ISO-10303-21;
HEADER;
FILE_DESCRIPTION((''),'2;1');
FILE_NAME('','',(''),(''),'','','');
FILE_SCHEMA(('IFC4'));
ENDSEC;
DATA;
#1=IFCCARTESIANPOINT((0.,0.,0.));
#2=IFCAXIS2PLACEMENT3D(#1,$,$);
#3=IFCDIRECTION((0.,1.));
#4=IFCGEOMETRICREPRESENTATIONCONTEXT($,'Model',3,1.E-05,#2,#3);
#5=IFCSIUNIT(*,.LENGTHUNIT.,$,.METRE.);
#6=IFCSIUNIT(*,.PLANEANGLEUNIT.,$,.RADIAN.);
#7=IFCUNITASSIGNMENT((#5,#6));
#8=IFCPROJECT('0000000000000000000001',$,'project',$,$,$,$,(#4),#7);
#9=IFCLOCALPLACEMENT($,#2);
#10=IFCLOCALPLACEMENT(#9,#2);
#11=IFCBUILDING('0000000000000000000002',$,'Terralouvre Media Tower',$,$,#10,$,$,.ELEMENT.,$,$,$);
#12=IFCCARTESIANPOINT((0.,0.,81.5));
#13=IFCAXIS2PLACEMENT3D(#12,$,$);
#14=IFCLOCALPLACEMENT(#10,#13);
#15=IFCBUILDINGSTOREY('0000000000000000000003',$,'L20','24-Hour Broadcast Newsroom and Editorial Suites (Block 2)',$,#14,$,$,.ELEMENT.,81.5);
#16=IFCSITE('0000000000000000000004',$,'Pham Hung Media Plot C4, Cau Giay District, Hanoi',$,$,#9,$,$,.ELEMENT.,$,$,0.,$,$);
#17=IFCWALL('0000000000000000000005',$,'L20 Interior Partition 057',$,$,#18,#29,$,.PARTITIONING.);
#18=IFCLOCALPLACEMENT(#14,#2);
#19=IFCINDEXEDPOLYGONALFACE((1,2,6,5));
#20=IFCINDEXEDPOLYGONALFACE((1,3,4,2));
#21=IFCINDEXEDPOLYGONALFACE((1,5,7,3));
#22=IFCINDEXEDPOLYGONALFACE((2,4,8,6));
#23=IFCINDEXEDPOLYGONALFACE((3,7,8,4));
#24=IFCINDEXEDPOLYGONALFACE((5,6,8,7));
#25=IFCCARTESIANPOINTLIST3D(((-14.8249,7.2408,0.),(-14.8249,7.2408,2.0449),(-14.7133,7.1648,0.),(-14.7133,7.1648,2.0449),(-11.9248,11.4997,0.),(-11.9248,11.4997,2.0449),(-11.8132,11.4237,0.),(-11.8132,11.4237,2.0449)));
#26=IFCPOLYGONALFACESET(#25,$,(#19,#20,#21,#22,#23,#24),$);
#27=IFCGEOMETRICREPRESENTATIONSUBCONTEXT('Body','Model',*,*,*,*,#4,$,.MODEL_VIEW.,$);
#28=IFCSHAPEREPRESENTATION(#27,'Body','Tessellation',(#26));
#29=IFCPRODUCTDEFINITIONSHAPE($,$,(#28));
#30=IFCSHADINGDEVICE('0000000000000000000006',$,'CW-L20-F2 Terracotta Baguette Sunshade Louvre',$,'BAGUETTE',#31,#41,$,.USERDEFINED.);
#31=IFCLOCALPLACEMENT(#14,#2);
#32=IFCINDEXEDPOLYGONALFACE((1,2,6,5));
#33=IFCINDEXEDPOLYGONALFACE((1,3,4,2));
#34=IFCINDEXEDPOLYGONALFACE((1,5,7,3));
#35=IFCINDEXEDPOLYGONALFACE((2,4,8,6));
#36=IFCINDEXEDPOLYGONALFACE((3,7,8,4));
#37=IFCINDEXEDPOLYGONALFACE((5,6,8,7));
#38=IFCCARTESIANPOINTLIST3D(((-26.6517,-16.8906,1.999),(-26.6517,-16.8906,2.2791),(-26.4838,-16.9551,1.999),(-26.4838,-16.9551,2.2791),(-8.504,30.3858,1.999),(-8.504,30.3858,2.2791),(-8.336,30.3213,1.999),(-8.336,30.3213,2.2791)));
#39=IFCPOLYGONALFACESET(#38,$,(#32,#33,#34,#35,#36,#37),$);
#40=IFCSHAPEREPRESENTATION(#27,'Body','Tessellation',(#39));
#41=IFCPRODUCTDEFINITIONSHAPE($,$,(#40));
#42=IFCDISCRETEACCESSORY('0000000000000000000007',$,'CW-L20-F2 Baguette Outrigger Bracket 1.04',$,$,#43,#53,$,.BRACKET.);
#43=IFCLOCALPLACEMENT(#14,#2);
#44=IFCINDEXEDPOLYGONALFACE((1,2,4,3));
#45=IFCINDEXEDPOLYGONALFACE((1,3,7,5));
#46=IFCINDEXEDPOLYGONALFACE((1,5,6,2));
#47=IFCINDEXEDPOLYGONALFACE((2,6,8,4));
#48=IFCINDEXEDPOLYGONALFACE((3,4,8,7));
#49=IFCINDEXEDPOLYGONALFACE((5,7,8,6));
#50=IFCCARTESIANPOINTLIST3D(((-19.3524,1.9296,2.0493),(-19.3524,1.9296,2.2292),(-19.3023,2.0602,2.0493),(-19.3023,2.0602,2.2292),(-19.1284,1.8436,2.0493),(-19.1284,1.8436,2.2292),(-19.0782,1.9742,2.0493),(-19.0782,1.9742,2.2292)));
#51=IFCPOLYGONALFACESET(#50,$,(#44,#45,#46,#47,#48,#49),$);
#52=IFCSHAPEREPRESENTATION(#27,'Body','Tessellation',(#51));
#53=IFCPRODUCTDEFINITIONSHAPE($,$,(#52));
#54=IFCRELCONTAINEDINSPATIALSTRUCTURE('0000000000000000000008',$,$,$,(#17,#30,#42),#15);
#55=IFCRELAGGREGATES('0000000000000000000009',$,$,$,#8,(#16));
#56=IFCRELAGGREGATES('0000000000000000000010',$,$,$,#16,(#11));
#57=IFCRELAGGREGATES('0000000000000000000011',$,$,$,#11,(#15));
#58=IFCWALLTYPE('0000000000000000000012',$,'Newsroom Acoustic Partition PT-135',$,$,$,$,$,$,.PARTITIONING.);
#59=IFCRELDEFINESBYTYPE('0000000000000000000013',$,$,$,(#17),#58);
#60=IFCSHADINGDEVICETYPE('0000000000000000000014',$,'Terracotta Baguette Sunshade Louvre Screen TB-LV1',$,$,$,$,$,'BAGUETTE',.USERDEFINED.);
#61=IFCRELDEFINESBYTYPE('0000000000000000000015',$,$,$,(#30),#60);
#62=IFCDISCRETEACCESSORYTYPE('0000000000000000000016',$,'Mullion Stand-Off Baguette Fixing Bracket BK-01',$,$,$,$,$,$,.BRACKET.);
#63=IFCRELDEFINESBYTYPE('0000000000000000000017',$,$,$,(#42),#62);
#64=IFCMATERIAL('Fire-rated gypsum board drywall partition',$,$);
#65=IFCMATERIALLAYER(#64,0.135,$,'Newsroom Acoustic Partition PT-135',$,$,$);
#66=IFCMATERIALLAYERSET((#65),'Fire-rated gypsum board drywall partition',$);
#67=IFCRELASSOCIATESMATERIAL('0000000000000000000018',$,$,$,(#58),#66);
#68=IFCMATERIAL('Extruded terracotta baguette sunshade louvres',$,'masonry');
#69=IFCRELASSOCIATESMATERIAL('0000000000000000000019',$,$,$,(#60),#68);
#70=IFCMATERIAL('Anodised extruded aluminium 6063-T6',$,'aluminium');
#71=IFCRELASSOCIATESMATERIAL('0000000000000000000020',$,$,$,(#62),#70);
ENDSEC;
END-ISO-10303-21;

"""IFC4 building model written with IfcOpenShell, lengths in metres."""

from ifc_helpers import new_model, si_unit, direction, frame, frame_2d, origin, origin_2d, place, context, subcontext, project, spatial, rectangle, extrude, material, layer, layer_set, type_object, element, save


model = new_model("IFC4")

# Units and contexts
model_context = context("Model", 3, precision=1e-05, world=origin(), true_north=direction((0.0, 1.0)))
body_context = subcontext(model_context, "Body", "Model", "MODEL_VIEW")
ifc_project = project(units=[si_unit("LENGTHUNIT", "METRE"), si_unit("PLANEANGLEUNIT", "RADIAN")], contexts=[model_context])

# Site, building, storey
site_placement = place(None, origin())
site = spatial("IfcSite", under=ifc_project, at=site_placement, Name="Pham Hung Media Plot C4, Cau Giay District, Hanoi", CompositionType="ELEMENT", RefElevation=0.0)
building_placement = place(site_placement, origin())
building = spatial("IfcBuilding", under=site, at=building_placement, Name="Terralouvre Media Tower", CompositionType="ELEMENT")
storey_placement = place(building_placement, frame((0.0, 0.0, 81.5)))
storey = spatial("IfcBuildingStorey", under=building, at=storey_placement, Name="L20", Description="24-Hour Broadcast Newsroom and Editorial Suites (Block 2)", CompositionType="ELEMENT", Elevation=81.5)

# Shared definitions
ifc_material_1 = material(Name="Fire-rated gypsum board drywall partition")
ifc_layer_1 = layer(ifc_material_1, 0.135, Name="Newsroom Acoustic Partition PT-135")
ifc_layer_set_1 = layer_set([ifc_layer_1], Name="Fire-rated gypsum board drywall partition")
wall_type = type_object("IfcWallType", Name="Newsroom Acoustic Partition PT-135", PredefinedType="PARTITIONING", material=ifc_layer_set_1)

# Wall
wall_1_placement = place(storey_placement, frame((-14.769, 7.2029, 0.0), z_axis=(0.0, 0.0, 1.0), x_axis=(0.562841, 0.826565, 0.0)))
element("IfcWall", 1, at=wall_1_placement, inside=storey, type_object=wall_type, Name="L20 Interior Partition 057", PredefinedType="PARTITIONING", context=body_context, shape_type="SweptSolid", body=[
    extrude(rectangle(XDim=5.1526, YDim=0.135, at=frame_2d((2.5762, 0.0))), origin(), (0.0, 0.0, 1.0), 2.0449),
])

# Shading device
ifc_material_2 = material(Name="Extruded terracotta baguette sunshade louvres", Category="masonry")
shading_device_type = type_object("IfcShadingDeviceType", Name="Terracotta Baguette Sunshade Louvre Screen TB-LV1", ElementType="BAGUETTE", PredefinedType="USERDEFINED", material=ifc_material_2)
shading_device_placement = place(storey_placement, frame((-17.4939, 6.7153, 1.999), z_axis=(0.0, 0.0, 1.0), x_axis=(-0.358368, -0.93358, 0.0)))
element("IfcShadingDevice", 2, at=shading_device_placement, inside=storey, type_object=shading_device_type, Name="CW-L20-F2 Terracotta Baguette Sunshade Louvre", ObjectType="BAGUETTE", PredefinedType="USERDEFINED", context=body_context, shape_type="SweptSolid", body=[
    extrude(rectangle(XDim=50.6399, YDim=0.1799, at=origin_2d()), origin(), (0.0, 0.0, 1.0), 0.28),
])

# Discrete accessory
ifc_material_3 = material(Name="Anodised extruded aluminium 6063-T6", Category="aluminium")
discrete_accessory_type = type_object("IfcDiscreteAccessoryType", Name="Mullion Stand-Off Baguette Fixing Bracket BK-01", PredefinedType="BRACKET", material=ifc_material_3)
discrete_accessory_placement = place(storey_placement, frame((-19.2153, 1.9519, 2.0493), z_axis=(0.0, 0.0, 1.0), x_axis=(-0.358368, -0.93358, 0.0)))
element("IfcDiscreteAccessory", 3, at=discrete_accessory_placement, inside=storey, type_object=discrete_accessory_type, Name="CW-L20-F2 Baguette Outrigger Bracket 1.04", PredefinedType="BRACKET", context=body_context, shape_type="SweptSolid", body=[
    extrude(rectangle(XDim=0.1399, YDim=0.24, at=origin_2d()), origin(), (0.0, 0.0, 1.0), 0.1799),
])

save(model, "model.ifc")
